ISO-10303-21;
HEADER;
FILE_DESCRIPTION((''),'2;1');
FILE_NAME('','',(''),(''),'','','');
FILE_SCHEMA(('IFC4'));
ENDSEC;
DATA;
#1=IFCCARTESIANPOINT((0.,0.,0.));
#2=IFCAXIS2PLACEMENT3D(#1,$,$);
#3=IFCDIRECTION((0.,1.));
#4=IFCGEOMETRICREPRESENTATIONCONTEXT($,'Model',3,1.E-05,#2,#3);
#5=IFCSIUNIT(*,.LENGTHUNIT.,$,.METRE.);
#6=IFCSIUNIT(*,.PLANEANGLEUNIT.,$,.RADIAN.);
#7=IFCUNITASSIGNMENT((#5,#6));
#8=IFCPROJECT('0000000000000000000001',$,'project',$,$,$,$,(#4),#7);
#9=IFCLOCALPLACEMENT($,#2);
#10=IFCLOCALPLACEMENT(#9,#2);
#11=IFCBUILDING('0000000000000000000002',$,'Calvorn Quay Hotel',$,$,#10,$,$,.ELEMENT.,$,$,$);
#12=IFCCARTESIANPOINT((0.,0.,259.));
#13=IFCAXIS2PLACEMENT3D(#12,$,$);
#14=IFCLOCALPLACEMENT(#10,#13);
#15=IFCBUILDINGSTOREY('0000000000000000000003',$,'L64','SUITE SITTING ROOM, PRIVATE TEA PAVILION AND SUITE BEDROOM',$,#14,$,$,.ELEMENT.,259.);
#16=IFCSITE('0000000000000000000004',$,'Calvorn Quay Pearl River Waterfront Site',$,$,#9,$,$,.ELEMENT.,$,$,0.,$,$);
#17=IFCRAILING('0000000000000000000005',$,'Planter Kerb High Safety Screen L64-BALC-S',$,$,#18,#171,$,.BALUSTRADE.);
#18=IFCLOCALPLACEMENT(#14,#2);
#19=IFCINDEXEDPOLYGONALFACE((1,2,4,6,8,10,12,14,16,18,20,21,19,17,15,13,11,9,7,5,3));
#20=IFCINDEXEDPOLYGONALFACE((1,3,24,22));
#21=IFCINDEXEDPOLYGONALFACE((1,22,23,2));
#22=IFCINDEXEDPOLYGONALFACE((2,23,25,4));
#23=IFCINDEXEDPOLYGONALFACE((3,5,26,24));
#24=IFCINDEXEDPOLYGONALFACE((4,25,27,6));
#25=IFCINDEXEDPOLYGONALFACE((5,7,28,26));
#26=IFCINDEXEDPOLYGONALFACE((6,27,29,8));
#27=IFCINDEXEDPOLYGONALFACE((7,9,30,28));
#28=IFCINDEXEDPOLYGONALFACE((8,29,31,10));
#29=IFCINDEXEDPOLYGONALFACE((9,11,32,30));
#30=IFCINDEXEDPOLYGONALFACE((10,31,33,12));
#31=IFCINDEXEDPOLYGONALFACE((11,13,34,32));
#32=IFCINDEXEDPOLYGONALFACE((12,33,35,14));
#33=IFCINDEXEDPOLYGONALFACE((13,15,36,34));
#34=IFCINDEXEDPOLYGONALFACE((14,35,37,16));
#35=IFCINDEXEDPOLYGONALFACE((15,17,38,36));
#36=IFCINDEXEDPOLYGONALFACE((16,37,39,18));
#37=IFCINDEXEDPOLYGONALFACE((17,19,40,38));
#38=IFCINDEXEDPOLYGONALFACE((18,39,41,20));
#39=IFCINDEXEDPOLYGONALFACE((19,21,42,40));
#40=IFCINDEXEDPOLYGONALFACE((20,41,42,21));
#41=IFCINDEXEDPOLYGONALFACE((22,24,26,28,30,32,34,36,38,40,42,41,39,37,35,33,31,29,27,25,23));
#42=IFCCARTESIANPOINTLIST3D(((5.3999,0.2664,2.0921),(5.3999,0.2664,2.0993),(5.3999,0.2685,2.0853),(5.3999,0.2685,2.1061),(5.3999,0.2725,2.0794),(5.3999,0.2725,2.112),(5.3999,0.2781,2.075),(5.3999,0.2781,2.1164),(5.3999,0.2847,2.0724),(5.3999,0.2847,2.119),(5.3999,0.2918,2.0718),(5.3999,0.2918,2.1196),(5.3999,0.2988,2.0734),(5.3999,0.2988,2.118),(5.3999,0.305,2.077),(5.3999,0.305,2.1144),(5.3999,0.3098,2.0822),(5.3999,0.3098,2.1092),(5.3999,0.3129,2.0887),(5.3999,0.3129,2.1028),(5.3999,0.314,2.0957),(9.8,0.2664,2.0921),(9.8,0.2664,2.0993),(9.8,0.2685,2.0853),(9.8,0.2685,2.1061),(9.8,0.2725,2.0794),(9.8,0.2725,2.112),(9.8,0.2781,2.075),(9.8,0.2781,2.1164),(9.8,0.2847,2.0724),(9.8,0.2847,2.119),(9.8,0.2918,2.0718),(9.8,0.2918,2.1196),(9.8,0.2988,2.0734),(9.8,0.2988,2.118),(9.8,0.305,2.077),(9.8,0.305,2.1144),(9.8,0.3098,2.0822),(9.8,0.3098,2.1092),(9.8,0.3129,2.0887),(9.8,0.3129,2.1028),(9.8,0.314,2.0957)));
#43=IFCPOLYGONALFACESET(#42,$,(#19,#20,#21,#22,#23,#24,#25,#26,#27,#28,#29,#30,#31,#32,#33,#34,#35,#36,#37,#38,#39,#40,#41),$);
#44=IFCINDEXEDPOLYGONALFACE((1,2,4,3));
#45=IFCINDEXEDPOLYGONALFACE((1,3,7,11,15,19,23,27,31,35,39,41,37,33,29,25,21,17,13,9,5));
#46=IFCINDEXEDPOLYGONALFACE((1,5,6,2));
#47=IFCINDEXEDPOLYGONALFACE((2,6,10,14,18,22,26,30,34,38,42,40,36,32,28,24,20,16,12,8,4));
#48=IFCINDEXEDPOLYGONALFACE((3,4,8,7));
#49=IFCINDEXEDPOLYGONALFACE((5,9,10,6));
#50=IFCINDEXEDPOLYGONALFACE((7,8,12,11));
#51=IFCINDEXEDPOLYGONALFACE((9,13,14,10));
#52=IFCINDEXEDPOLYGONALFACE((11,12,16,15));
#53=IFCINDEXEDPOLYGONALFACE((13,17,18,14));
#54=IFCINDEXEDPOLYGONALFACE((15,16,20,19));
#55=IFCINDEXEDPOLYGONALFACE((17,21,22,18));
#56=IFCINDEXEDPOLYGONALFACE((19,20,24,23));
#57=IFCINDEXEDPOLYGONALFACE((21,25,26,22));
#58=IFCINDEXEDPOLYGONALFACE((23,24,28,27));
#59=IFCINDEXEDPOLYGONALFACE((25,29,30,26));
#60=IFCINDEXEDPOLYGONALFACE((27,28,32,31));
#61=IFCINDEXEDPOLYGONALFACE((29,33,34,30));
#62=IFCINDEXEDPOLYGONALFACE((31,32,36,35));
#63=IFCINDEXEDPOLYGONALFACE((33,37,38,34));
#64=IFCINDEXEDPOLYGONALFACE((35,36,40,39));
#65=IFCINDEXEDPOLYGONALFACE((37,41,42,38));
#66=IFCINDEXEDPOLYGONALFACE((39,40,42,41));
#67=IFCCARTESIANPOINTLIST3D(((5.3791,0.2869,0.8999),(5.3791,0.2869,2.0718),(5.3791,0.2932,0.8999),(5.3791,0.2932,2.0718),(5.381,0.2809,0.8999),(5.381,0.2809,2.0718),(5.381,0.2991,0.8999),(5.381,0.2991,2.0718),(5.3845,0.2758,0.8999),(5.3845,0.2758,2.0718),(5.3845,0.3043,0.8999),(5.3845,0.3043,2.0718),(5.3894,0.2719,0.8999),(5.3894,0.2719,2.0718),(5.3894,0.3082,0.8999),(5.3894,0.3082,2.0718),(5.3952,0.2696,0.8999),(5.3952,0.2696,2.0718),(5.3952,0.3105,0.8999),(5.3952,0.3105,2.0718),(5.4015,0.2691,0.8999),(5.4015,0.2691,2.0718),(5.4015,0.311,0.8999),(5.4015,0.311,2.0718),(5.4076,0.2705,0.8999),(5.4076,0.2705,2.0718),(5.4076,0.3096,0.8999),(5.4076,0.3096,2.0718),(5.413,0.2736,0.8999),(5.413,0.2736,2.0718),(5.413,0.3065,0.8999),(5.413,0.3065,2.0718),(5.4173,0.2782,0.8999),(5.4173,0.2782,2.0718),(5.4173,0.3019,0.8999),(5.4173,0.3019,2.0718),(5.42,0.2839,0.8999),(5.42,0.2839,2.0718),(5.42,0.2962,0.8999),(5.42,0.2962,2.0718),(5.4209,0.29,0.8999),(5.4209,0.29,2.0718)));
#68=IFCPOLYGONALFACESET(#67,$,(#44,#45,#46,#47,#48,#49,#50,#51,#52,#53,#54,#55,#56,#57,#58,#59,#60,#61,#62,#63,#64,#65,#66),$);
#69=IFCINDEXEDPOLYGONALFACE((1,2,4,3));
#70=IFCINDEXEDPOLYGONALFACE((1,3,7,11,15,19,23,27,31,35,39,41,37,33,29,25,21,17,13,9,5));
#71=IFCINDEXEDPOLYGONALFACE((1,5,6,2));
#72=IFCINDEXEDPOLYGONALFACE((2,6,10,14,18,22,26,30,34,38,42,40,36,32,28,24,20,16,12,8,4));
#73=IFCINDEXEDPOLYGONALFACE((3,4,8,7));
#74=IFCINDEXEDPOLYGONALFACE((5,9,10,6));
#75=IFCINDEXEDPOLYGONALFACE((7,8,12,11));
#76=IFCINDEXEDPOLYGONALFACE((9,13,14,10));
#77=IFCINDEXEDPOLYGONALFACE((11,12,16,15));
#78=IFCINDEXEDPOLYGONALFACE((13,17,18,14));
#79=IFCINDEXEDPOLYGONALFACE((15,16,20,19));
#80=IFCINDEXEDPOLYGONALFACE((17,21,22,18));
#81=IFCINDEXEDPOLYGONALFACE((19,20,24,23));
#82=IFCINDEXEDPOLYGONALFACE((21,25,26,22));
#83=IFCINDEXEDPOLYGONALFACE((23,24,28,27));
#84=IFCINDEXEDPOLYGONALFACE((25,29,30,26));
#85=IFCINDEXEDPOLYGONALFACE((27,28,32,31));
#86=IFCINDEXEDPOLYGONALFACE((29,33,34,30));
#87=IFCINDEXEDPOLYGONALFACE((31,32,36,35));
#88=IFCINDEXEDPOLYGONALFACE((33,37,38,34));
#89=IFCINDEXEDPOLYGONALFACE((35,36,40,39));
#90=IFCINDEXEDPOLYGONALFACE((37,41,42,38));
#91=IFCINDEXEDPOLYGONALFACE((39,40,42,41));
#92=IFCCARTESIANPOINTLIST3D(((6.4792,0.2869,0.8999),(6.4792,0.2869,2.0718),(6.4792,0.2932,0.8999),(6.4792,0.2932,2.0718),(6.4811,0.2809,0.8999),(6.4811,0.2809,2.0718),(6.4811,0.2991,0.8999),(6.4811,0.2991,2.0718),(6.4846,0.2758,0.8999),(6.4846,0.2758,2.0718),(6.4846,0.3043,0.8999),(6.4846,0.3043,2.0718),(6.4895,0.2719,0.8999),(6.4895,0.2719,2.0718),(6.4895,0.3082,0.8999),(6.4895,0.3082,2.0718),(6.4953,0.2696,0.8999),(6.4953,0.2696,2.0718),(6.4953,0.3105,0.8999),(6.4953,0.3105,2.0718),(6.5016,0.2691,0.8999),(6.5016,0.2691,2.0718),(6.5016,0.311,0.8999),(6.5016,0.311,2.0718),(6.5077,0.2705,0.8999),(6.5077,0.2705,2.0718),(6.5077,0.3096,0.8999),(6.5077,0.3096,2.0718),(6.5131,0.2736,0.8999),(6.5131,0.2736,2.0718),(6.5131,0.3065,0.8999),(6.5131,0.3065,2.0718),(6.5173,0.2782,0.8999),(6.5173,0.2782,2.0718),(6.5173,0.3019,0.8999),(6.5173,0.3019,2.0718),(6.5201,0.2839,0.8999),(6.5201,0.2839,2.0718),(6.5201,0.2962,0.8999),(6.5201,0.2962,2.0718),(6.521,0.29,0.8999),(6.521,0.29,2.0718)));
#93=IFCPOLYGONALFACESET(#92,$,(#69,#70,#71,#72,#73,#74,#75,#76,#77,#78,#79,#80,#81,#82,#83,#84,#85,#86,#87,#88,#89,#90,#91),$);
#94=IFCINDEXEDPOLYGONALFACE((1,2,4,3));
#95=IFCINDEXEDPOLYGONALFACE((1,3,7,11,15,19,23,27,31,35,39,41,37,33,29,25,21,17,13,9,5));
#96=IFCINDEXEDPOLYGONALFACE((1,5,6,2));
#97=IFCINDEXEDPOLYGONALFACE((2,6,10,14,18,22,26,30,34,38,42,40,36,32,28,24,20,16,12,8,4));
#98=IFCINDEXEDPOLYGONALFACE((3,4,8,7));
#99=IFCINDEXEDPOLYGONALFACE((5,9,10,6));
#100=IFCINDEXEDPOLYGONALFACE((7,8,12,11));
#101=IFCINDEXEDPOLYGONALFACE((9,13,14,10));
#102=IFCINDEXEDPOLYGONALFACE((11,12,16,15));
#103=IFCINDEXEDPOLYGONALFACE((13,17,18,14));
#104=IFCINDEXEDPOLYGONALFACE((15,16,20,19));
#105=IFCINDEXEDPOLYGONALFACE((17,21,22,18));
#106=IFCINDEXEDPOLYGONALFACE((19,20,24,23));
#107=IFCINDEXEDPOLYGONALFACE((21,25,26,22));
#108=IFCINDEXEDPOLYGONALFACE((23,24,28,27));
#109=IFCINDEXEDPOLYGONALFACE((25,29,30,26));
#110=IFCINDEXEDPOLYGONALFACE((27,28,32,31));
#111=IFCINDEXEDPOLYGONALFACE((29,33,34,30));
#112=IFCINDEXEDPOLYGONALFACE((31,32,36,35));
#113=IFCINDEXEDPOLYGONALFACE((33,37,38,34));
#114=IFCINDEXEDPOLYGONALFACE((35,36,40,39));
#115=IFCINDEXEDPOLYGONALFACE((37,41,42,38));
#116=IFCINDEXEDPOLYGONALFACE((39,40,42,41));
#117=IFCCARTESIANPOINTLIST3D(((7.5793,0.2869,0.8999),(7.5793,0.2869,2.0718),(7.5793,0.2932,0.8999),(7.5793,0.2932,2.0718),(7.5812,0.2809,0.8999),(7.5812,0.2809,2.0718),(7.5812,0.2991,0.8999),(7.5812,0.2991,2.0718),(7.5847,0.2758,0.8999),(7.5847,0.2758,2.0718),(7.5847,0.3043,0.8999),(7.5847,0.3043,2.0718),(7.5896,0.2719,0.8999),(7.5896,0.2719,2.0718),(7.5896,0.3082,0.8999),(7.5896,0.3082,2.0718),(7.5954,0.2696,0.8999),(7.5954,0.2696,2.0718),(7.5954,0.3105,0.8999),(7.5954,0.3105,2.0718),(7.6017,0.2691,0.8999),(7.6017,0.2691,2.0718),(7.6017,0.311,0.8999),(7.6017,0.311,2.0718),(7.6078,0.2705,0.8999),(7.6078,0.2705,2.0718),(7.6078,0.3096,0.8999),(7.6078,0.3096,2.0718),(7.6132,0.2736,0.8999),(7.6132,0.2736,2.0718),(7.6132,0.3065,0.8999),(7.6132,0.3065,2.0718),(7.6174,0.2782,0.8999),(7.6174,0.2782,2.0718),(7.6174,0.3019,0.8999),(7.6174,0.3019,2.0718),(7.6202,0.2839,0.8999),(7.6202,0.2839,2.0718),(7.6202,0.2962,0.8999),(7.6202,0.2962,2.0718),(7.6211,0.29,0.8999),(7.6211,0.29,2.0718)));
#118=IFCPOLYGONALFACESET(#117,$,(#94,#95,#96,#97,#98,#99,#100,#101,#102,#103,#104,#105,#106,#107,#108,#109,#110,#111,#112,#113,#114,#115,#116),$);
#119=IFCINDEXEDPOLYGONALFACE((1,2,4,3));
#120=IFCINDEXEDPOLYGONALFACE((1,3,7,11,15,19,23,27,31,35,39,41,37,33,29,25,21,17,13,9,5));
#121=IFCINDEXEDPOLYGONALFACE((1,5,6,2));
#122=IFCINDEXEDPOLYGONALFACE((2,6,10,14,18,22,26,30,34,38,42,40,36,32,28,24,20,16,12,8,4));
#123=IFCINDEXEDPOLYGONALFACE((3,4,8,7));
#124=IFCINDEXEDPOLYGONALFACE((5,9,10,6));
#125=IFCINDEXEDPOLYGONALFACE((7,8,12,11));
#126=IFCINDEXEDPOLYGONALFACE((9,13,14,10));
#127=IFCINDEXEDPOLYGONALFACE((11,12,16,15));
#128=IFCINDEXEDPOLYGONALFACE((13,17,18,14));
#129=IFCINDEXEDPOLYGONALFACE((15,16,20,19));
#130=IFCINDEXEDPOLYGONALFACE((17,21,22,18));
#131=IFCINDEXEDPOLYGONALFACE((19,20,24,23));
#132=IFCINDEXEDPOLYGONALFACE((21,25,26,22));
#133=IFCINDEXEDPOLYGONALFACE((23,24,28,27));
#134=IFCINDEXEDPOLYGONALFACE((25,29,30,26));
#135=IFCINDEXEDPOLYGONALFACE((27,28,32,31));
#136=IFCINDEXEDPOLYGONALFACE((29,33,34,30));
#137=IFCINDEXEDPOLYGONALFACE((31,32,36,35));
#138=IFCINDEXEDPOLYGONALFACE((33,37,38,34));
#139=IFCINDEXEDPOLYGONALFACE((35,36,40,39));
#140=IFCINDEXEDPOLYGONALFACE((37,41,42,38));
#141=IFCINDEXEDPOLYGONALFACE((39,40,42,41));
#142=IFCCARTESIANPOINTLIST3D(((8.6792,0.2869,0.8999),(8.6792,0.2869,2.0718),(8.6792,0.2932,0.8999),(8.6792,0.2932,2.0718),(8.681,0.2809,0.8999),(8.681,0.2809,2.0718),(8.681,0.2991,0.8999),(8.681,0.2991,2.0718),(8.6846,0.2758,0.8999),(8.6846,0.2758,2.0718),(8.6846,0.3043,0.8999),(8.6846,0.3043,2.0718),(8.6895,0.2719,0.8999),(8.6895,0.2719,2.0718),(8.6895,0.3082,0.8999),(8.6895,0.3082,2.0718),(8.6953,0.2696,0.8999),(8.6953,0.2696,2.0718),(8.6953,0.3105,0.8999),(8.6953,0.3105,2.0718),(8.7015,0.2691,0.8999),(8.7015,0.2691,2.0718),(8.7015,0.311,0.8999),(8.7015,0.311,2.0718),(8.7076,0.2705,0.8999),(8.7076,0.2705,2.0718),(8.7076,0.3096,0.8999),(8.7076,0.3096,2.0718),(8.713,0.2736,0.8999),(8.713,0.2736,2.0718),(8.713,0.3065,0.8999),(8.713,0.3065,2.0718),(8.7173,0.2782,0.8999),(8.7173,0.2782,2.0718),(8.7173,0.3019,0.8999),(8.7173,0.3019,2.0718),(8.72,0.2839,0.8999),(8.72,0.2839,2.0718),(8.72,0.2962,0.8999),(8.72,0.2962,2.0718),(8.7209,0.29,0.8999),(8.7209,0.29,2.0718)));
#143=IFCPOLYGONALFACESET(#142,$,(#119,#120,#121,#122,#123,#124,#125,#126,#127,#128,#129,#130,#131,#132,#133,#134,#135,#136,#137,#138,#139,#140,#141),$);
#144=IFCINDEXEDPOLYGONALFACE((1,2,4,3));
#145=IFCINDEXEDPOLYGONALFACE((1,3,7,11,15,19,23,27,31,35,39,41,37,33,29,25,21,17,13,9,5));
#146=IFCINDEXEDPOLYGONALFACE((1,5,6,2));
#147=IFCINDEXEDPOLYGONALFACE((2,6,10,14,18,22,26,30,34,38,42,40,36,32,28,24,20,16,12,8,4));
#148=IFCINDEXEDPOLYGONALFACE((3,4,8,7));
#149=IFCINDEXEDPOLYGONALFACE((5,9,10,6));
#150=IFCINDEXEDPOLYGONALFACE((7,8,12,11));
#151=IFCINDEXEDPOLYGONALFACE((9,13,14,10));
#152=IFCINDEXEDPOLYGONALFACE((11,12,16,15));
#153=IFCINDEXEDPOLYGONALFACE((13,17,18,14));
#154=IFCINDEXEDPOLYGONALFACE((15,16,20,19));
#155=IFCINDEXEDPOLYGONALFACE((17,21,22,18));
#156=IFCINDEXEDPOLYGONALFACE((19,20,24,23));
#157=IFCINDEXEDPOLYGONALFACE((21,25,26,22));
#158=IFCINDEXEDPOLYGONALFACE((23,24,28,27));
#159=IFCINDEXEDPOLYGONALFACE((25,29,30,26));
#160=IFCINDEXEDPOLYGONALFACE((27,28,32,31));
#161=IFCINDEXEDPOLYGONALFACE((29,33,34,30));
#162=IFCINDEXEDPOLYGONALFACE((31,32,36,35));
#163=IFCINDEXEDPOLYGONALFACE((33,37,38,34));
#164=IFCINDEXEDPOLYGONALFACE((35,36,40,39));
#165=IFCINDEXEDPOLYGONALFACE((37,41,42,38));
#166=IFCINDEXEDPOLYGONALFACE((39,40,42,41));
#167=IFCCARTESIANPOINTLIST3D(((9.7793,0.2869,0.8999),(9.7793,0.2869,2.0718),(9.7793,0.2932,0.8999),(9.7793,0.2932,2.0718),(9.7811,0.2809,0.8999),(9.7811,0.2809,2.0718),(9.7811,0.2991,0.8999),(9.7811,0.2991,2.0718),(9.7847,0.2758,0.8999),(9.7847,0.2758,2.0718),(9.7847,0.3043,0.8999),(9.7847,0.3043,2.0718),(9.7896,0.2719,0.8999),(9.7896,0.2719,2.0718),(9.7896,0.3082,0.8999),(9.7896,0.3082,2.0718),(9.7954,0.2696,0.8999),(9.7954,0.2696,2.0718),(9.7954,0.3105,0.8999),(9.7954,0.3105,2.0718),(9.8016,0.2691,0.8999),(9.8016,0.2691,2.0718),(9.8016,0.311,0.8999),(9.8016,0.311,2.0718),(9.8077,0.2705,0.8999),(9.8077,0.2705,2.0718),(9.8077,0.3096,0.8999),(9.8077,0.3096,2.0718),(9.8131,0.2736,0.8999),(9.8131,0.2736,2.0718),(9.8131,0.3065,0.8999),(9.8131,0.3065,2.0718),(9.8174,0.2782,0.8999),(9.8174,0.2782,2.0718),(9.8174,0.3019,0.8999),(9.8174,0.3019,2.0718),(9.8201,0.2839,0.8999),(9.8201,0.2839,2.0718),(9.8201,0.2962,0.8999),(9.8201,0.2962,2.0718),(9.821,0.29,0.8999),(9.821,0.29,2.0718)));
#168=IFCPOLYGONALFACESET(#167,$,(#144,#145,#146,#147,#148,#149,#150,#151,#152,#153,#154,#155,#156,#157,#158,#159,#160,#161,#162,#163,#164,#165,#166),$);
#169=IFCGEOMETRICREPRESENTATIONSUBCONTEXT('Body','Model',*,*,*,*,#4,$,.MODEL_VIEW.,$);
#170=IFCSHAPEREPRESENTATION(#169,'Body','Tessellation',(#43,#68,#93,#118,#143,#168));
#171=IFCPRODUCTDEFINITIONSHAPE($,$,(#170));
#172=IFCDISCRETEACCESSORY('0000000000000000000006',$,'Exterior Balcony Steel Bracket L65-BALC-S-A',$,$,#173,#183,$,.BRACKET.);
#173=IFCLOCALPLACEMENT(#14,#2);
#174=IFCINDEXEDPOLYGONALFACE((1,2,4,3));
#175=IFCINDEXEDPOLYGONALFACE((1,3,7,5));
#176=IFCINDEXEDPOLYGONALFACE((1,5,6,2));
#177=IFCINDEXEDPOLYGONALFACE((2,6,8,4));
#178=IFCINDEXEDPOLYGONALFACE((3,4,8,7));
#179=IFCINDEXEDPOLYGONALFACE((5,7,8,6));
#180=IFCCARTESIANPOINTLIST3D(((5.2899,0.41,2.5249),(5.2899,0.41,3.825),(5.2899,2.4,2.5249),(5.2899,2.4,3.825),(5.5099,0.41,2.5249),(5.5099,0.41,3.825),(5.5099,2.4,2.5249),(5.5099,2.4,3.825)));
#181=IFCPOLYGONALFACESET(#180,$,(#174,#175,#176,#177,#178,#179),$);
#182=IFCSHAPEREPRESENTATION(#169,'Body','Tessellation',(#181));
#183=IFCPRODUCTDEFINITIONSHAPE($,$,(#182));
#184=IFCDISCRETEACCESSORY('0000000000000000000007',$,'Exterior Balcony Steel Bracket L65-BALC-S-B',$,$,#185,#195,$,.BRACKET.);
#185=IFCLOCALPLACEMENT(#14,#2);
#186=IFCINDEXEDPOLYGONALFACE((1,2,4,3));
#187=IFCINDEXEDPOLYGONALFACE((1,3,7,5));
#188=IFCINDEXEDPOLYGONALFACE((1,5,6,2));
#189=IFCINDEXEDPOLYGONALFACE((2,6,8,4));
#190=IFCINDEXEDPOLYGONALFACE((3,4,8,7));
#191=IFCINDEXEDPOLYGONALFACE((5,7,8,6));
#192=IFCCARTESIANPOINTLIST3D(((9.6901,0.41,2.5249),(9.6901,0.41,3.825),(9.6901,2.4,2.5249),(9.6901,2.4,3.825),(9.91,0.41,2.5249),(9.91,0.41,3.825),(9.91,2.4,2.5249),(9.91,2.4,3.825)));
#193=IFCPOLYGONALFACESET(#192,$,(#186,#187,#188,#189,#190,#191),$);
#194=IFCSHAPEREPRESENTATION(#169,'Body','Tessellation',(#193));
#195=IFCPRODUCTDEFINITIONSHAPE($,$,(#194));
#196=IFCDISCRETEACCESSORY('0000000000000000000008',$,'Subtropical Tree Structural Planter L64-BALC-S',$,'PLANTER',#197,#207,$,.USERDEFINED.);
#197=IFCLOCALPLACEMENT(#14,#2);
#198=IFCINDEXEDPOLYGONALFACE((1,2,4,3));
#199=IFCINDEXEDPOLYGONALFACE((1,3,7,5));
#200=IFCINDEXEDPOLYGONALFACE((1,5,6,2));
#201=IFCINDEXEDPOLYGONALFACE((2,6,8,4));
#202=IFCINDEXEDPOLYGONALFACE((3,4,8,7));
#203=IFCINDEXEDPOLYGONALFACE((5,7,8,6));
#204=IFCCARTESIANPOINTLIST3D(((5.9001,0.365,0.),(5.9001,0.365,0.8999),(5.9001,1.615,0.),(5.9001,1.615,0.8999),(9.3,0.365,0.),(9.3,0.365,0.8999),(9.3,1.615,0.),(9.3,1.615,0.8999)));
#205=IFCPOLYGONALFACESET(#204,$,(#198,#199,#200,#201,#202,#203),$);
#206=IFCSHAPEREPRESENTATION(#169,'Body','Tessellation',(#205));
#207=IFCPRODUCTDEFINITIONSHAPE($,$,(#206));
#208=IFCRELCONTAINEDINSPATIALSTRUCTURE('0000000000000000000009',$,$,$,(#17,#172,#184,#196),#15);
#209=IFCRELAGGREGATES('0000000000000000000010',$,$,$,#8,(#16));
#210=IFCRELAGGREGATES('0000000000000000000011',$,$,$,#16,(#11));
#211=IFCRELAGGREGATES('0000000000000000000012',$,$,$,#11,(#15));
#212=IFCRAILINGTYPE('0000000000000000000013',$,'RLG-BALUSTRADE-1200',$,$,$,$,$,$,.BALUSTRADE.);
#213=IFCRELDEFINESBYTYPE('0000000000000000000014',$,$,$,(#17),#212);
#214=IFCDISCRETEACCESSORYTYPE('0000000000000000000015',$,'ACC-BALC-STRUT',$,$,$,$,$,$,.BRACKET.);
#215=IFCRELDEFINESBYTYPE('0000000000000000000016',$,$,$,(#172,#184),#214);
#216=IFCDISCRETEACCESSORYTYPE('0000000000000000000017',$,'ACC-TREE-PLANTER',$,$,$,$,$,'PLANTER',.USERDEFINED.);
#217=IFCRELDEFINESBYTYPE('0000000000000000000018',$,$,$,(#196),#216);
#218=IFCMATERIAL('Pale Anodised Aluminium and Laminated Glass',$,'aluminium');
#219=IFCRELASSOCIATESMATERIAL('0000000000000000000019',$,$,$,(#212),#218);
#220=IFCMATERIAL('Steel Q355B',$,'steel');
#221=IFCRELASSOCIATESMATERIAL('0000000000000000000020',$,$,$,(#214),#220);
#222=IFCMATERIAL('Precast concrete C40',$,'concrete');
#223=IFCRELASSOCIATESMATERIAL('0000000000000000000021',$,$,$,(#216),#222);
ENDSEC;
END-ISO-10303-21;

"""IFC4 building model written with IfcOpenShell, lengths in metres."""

from ifc_helpers import new_model, si_unit, direction, frame, origin, origin_2d, place, context, subcontext, project, spatial, rectangle, circle, extrude, material, type_object, element, save


model = new_model("IFC4")

# Units and contexts
model_context = context("Model", 3, precision=1e-05, world=origin(), true_north=direction((0.0, 1.0)))
body_context = subcontext(model_context, "Body", "Model", "MODEL_VIEW")
ifc_project = project(units=[si_unit("LENGTHUNIT", "METRE"), si_unit("PLANEANGLEUNIT", "RADIAN")], contexts=[model_context])

# Site, building, storey
site_placement = place(None, origin())
site = spatial("IfcSite", under=ifc_project, at=site_placement, Name="Calvorn Quay Pearl River Waterfront Site", CompositionType="ELEMENT", RefElevation=0.0)
building_placement = place(site_placement, origin())
building = spatial("IfcBuilding", under=site, at=building_placement, Name="Calvorn Quay Hotel", CompositionType="ELEMENT")
storey_placement = place(building_placement, frame((0.0, 0.0, 259.0)))
storey = spatial("IfcBuildingStorey", under=building, at=storey_placement, Name="L64", Description="SUITE SITTING ROOM, PRIVATE TEA PAVILION AND SUITE BEDROOM", CompositionType="ELEMENT", Elevation=259.0)

# Railing
ifc_material_1 = material(Name="Pale Anodised Aluminium and Laminated Glass", Category="aluminium")
railing_type = type_object("IfcRailingType", Name="RLG-BALUSTRADE-1200", PredefinedType="BALUSTRADE", material=ifc_material_1)
railing_1_placement = place(storey_placement, frame((5.3999, 0.29, 0.8999)))
element("IfcRailing", 1, at=railing_1_placement, inside=storey, type_object=railing_type, Name="Planter Kerb High Safety Screen L64-BALC-S", PredefinedType="BALUSTRADE", context=body_context, shape_type="SweptSolid", body=[
    extrude(circle(Radius=0.0239, at=origin_2d()), frame((0.0, 0.0, 1.1958), z_axis=(1.0, 0.0, 0.0), x_axis=(0.0, 1.0, 0.0)), (0.0, 0.0, 1.0), 4.4001),
    extrude(circle(Radius=0.021, at=origin_2d()), origin(), (0.0, 0.0, 1.0), 1.1719),
    extrude(circle(Radius=0.021, at=origin_2d()), frame((1.1001, 0.0, 0.0)), (0.0, 0.0, 1.0), 1.1719),
    extrude(circle(Radius=0.021, at=origin_2d()), frame((2.2002, 0.0, 0.0)), (0.0, 0.0, 1.0), 1.1719),
    extrude(circle(Radius=0.021, at=origin_2d()), frame((3.3, 0.0, 0.0)), (0.0, 0.0, 1.0), 1.1719),
    extrude(circle(Radius=0.021, at=origin_2d()), frame((4.4001, 0.0, 0.0)), (0.0, 0.0, 1.0), 1.1719),
])

# Discrete accessories
ifc_material_2 = material(Name="Steel Q355B", Category="steel")
discrete_accessory_type_1 = type_object("IfcDiscreteAccessoryType", Name="ACC-BALC-STRUT", PredefinedType="BRACKET", material=ifc_material_2)
for number, where, z_axis, x_axis, name in (
    (2, (5.3999, 1.405, 2.5249), (0.0, 0.0, 1.0), (1.0, 0.0, 0.0), "Exterior Balcony Steel Bracket L65-BALC-S-A"),
    (3, (9.8, 1.405, 2.5249), (0.0, 0.0, 1.0), (1.0, 0.0, 0.0), "Exterior Balcony Steel Bracket L65-BALC-S-B"),
):
    element("IfcDiscreteAccessory", number, at=place(storey_placement, frame(where, z_axis=z_axis, x_axis=x_axis)), inside=storey, type_object=discrete_accessory_type_1, Name=name, PredefinedType="BRACKET", context=body_context, shape_type="SweptSolid", body=[
        extrude(rectangle(XDim=0.22, YDim=1.99, at=origin_2d()), origin(), (0.0, 0.0, 1.0), 1.3),
    ])
ifc_material_3 = material(Name="Precast concrete C40", Category="concrete")
discrete_accessory_type_2 = type_object("IfcDiscreteAccessoryType", Name="ACC-TREE-PLANTER", ElementType="PLANTER", PredefinedType="USERDEFINED", material=ifc_material_3)
discrete_accessory_placement = place(storey_placement, frame((7.6001, 0.99, 0.0), z_axis=(0.0, 0.0, 1.0), x_axis=(1.0, 0.0, 0.0)))
element("IfcDiscreteAccessory", 4, at=discrete_accessory_placement, inside=storey, type_object=discrete_accessory_type_2, Name="Subtropical Tree Structural Planter L64-BALC-S", ObjectType="PLANTER", PredefinedType="USERDEFINED", context=body_context, shape_type="SweptSolid", body=[
    extrude(rectangle(XDim=3.3999, YDim=1.25, at=origin_2d()), origin(), (0.0, 0.0, 1.0), 0.8999),
])

save(model, "model.ifc")
